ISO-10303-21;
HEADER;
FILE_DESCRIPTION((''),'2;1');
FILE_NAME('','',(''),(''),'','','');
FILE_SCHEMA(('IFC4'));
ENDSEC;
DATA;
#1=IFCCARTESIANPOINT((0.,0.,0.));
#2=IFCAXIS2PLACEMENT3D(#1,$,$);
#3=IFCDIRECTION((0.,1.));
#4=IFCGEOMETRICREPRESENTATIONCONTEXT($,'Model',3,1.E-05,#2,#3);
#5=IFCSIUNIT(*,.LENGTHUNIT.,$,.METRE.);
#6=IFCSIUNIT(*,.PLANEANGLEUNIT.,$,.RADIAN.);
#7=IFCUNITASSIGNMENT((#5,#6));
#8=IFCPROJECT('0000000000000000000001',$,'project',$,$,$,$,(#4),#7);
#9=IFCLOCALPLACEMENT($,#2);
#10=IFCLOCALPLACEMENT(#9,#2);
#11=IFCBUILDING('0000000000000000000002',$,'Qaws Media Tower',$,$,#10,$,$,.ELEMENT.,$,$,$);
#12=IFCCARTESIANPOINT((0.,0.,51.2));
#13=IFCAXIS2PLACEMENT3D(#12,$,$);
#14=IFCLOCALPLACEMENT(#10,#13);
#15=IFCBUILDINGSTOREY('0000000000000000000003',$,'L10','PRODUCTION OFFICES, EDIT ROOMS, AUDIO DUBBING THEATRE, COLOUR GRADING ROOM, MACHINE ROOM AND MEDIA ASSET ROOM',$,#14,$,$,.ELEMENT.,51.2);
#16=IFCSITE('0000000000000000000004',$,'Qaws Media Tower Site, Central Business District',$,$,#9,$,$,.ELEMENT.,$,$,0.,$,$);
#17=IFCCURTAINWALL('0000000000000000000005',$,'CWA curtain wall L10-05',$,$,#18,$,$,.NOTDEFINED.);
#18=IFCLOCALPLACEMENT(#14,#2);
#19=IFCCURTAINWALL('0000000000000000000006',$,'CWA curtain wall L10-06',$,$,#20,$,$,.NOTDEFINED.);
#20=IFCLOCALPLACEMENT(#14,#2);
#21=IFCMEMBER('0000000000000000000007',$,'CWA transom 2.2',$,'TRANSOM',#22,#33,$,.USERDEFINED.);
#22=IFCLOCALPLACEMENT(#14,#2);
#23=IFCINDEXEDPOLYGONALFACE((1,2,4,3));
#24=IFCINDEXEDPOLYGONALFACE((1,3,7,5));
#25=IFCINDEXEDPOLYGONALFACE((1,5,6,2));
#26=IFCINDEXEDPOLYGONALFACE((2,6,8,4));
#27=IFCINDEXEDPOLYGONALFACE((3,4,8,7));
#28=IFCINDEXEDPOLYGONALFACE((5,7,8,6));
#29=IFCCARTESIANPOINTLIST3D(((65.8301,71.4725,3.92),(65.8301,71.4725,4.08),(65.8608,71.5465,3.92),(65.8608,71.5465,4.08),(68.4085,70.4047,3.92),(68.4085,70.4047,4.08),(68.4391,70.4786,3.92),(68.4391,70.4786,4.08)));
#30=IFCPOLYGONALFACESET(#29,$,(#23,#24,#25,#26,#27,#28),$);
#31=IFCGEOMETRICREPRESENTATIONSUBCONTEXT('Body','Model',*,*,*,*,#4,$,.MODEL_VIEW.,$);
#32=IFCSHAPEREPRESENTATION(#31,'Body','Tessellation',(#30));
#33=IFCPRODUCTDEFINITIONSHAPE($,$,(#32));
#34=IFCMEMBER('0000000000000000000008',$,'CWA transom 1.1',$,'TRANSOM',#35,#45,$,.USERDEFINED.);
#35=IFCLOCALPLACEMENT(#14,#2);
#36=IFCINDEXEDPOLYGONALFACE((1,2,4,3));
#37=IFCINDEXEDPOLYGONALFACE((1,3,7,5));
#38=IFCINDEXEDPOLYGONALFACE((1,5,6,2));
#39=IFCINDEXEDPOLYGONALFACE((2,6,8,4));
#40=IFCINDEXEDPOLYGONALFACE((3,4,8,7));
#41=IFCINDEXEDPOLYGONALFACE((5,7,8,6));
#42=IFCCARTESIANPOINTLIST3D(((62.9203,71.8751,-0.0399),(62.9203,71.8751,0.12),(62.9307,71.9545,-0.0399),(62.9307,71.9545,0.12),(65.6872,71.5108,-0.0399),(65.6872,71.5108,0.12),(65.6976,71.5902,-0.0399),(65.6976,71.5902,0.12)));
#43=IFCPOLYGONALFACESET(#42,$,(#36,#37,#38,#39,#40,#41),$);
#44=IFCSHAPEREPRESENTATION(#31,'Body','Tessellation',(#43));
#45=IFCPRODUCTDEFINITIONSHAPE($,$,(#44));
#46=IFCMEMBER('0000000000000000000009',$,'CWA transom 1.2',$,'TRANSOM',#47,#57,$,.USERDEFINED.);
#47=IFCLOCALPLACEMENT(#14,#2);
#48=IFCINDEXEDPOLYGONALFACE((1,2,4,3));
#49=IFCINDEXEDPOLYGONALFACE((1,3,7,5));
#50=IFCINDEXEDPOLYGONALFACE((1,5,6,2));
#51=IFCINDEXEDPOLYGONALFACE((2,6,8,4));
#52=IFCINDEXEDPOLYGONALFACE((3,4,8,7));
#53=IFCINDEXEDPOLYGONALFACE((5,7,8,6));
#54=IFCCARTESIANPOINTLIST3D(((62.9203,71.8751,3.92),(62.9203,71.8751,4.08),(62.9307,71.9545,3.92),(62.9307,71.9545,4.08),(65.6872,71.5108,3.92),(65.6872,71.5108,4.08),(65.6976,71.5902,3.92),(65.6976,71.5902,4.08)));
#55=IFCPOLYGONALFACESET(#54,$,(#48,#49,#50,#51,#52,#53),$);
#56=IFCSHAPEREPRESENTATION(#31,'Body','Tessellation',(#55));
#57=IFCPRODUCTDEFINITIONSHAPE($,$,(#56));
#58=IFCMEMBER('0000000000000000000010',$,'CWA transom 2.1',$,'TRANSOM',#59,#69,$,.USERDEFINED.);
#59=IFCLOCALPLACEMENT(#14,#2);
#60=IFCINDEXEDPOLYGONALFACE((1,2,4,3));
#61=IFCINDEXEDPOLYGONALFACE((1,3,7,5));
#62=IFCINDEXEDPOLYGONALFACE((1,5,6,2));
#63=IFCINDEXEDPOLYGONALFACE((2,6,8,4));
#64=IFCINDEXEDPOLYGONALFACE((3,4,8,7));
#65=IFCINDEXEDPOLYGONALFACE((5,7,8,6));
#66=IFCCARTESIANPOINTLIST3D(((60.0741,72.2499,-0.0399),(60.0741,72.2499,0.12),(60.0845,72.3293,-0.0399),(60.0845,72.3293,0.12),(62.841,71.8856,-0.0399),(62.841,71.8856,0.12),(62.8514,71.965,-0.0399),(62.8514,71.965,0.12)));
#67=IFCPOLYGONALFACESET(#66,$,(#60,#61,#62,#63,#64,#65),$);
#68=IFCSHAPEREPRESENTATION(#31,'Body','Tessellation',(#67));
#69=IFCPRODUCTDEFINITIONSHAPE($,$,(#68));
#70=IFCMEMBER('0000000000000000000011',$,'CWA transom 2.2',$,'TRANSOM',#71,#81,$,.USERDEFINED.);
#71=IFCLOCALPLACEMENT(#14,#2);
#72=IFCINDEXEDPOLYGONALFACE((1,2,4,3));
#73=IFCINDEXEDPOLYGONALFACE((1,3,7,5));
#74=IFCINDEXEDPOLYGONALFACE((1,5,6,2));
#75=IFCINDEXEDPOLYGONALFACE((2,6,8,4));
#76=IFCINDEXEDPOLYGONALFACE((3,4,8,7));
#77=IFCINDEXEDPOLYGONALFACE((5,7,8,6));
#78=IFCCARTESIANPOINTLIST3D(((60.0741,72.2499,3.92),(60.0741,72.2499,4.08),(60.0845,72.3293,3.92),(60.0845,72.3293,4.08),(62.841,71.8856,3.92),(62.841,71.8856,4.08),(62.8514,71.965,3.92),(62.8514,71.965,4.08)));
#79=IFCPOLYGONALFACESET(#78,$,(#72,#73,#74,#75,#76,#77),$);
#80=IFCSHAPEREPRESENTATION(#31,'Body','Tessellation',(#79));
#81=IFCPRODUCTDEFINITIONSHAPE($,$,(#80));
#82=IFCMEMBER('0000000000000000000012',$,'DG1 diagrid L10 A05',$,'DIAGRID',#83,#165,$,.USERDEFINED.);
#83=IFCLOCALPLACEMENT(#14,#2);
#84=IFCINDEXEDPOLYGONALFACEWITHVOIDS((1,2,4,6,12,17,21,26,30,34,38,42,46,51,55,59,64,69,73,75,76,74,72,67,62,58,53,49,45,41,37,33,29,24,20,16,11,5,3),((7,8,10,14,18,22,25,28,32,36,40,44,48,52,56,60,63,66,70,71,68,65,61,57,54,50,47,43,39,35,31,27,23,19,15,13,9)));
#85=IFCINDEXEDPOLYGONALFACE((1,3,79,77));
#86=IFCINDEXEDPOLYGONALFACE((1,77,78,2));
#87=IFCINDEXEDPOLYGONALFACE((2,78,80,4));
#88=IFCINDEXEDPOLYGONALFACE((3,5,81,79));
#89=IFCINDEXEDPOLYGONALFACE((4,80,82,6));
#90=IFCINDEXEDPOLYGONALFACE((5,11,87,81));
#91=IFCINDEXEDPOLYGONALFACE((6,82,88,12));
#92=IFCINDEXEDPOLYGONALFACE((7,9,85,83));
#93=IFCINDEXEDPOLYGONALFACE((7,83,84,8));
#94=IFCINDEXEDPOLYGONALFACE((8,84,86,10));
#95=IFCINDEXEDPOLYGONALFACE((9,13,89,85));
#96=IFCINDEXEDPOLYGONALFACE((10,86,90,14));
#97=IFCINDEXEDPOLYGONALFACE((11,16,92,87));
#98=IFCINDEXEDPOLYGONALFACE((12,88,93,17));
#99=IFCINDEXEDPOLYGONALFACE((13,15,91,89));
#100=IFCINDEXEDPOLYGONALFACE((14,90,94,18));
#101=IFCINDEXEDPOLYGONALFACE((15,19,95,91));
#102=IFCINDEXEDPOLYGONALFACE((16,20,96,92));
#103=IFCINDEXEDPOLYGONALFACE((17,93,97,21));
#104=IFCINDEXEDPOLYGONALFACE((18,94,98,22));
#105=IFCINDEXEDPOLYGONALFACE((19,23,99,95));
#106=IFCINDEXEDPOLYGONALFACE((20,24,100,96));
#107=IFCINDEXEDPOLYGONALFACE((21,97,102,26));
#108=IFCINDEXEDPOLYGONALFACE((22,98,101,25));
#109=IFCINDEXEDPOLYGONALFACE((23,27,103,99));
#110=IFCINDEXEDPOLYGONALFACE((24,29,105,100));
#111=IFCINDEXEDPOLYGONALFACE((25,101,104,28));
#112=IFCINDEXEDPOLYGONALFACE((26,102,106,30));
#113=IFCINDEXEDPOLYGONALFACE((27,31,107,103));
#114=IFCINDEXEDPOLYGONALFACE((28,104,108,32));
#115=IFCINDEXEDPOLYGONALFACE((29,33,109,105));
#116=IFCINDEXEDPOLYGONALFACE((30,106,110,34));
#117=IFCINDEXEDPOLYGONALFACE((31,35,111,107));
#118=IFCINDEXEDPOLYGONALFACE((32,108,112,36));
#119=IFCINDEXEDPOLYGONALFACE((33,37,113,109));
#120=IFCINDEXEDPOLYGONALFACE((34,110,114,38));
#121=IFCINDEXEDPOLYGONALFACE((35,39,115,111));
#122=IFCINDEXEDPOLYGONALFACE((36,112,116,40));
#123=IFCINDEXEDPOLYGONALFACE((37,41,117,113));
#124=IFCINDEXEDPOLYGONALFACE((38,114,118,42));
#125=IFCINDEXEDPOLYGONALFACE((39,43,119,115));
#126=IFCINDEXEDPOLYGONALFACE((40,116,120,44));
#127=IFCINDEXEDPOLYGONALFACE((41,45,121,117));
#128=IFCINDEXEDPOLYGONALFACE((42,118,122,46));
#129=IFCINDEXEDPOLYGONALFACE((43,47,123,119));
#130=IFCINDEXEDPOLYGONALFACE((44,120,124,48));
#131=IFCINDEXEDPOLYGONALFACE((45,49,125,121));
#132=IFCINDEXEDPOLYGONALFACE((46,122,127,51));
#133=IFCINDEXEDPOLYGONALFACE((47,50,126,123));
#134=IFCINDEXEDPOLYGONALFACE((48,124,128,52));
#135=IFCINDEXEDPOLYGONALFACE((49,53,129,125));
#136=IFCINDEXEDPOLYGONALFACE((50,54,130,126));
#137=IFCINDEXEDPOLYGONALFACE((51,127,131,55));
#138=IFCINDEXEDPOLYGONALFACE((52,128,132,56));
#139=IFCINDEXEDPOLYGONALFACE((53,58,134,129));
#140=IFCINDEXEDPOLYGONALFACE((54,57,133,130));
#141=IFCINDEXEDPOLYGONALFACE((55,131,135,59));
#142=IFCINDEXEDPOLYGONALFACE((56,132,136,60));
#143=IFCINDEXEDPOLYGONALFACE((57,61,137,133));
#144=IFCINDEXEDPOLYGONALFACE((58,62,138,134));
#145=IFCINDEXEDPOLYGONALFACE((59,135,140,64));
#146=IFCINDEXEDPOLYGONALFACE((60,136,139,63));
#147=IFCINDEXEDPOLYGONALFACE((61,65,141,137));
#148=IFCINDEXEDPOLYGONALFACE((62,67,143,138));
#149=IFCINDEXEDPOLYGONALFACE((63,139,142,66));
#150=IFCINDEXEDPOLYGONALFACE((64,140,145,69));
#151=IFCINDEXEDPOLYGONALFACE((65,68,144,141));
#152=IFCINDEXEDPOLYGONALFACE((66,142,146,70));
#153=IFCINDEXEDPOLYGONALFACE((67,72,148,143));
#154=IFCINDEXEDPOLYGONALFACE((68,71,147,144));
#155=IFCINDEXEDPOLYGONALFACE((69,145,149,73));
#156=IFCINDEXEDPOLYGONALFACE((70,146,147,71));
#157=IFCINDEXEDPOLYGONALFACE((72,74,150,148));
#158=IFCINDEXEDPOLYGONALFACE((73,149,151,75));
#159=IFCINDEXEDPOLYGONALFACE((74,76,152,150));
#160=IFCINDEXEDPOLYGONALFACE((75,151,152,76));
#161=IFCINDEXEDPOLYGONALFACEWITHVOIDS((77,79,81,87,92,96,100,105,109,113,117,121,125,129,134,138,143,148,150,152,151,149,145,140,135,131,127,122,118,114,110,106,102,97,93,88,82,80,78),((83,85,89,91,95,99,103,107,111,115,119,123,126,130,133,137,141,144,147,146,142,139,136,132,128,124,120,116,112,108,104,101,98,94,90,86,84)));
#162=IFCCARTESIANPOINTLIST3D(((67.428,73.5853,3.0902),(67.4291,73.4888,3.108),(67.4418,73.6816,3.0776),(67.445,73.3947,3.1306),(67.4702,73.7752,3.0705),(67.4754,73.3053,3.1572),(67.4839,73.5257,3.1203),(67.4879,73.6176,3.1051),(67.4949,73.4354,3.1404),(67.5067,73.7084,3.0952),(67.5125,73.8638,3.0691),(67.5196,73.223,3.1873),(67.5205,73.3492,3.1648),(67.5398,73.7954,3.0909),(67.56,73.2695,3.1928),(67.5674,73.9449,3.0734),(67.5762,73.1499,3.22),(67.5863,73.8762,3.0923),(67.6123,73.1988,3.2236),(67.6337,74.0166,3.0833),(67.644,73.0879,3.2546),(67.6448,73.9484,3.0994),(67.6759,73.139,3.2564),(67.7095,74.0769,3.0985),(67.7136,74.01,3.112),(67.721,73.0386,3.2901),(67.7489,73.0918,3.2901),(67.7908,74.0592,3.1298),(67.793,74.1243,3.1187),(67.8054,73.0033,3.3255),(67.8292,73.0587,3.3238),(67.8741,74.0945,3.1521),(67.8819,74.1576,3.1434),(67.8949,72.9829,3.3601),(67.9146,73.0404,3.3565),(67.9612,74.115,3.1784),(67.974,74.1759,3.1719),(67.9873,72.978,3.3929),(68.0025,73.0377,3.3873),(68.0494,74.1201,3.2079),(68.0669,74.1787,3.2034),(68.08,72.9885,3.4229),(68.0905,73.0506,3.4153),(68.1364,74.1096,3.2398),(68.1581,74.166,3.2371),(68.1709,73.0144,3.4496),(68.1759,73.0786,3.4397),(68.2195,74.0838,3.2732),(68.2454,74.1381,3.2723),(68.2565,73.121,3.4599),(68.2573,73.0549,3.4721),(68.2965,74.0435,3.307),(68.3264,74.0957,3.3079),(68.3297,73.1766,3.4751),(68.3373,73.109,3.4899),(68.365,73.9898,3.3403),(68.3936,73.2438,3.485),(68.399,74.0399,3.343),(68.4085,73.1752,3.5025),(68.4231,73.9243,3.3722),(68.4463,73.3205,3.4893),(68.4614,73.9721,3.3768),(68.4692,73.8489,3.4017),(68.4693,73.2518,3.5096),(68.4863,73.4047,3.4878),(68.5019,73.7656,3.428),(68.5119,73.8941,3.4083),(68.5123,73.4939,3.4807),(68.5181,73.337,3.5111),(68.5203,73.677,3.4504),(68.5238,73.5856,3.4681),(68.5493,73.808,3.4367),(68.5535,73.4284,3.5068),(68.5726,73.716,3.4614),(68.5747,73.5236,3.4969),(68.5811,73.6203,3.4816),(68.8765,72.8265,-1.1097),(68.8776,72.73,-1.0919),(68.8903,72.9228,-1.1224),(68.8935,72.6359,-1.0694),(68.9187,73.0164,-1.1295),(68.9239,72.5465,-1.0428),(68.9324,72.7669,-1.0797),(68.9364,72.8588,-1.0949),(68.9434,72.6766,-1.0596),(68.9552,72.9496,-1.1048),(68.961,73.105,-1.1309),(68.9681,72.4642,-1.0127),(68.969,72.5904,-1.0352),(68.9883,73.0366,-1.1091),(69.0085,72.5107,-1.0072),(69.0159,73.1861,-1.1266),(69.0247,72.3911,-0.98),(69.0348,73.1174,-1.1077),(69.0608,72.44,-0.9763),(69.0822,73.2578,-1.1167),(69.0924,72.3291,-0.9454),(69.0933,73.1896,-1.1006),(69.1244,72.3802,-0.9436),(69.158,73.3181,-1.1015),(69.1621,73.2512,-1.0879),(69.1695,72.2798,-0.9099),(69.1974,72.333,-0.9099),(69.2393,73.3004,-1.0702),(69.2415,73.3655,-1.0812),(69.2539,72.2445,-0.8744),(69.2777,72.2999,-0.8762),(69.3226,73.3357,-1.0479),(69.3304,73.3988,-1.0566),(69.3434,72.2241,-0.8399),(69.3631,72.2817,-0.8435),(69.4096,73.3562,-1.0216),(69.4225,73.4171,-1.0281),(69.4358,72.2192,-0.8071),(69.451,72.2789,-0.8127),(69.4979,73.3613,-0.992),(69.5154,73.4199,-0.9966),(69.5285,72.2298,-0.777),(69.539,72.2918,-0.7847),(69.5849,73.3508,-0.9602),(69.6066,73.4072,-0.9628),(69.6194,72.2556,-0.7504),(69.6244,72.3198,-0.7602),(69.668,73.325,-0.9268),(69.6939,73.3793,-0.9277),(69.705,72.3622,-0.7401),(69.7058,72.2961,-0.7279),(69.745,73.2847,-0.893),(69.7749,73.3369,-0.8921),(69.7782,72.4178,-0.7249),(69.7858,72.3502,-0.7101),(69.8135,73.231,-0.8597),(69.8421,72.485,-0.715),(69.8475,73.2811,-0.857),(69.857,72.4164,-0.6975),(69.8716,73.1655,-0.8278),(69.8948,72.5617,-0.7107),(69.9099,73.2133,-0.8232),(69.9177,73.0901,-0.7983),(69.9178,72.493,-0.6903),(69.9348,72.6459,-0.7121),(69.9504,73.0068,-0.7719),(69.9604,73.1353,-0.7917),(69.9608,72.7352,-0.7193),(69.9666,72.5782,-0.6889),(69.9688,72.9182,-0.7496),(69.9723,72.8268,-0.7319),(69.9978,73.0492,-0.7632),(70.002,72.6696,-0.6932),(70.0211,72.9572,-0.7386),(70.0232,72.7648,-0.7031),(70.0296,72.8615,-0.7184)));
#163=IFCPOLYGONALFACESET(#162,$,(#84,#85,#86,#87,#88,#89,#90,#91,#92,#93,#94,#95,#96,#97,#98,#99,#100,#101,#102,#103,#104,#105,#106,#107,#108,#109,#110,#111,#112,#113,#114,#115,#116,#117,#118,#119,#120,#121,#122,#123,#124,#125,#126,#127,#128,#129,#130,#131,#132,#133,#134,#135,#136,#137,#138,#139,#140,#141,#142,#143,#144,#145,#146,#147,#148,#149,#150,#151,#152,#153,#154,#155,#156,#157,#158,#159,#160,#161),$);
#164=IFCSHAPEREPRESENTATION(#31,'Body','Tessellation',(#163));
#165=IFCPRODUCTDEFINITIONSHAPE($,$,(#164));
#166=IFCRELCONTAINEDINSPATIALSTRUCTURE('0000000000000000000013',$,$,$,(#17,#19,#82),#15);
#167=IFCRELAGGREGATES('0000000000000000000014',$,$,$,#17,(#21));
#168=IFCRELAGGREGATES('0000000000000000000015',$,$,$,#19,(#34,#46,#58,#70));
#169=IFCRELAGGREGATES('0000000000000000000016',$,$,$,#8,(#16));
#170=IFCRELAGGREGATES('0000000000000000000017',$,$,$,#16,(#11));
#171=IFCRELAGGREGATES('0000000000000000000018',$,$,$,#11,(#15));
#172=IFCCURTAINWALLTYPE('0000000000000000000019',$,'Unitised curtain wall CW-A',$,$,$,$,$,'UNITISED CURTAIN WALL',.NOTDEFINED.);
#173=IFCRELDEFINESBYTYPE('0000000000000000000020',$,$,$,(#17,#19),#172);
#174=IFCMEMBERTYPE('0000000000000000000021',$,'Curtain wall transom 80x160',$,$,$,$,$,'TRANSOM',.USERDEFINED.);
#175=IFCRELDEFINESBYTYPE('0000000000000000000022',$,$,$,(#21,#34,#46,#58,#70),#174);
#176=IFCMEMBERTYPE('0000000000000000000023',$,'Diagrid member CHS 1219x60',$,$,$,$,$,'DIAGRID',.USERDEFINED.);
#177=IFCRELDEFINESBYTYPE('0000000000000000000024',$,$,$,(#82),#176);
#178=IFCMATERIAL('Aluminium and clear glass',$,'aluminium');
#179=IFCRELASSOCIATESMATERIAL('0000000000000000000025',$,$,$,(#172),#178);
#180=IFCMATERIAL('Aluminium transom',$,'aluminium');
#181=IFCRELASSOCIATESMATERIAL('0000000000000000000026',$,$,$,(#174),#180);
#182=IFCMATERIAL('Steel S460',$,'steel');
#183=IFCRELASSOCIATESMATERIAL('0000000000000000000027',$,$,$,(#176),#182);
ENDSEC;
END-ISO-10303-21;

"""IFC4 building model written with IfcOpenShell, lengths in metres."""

from ifc_helpers import new_model, si_unit, direction, frame, origin, origin_2d, place, context, subcontext, project, spatial, rectangle, hollow_circle, extrude, material, material_profile, profile_set, type_object, element, aggregate, save


model = new_model("IFC4")

# Units and contexts
model_context = context("Model", 3, precision=1e-05, world=origin(), true_north=direction((0.0, 1.0)))
body_context = subcontext(model_context, "Body", "Model", "MODEL_VIEW")
ifc_project = project(units=[si_unit("LENGTHUNIT", "METRE"), si_unit("PLANEANGLEUNIT", "RADIAN")], contexts=[model_context])

# Site, building, storey
site_placement = place(None, origin())
site = spatial("IfcSite", under=ifc_project, at=site_placement, Name="Qaws Media Tower Site, Central Business District", CompositionType="ELEMENT", RefElevation=0.0)
building_placement = place(site_placement, origin())
building = spatial("IfcBuilding", under=site, at=building_placement, Name="Qaws Media Tower", CompositionType="ELEMENT")
storey_placement = place(building_placement, frame((0.0, 0.0, 51.2)))
storey = spatial("IfcBuildingStorey", under=building, at=storey_placement, Name="L10", Description="PRODUCTION OFFICES, EDIT ROOMS, AUDIO DUBBING THEATRE, COLOUR GRADING ROOM, MACHINE ROOM AND MEDIA ASSET ROOM", CompositionType="ELEMENT", Elevation=51.2)

# Curtain walls
ifc_material_1 = material(Name="Aluminium and clear glass", Category="aluminium")
curtain_wall_type = type_object("IfcCurtainWallType", Name="Unitised curtain wall CW-A", ElementType="UNITISED CURTAIN WALL", PredefinedType="NOTDEFINED", material=ifc_material_1)
curtain_wall_1_placement = place(storey_placement, origin())
curtain_wall_1 = element("IfcCurtainWall", 1, at=curtain_wall_1_placement, inside=storey, type_object=curtain_wall_type, Name="CWA curtain wall L10-05", PredefinedType="NOTDEFINED")
curtain_wall_2_placement = place(storey_placement, origin())
curtain_wall_2 = element("IfcCurtainWall", 2, at=curtain_wall_2_placement, inside=storey, type_object=curtain_wall_type, Name="CWA curtain wall L10-06", PredefinedType="NOTDEFINED")

# Members
ifc_material_2 = material(Name="Aluminium transom", Category="aluminium")
ifc_material_profile_1 = material_profile(ifc_material_2, rectangle(XDim=0.0801, YDim=0.1599, at=origin_2d()), Name="80x160")
ifc_profile_set_1 = profile_set([ifc_material_profile_1], Name="Aluminium transom")
member_type_1 = type_object("IfcMemberType", Name="Curtain wall transom 80x160", ElementType="TRANSOM", PredefinedType="USERDEFINED", material=ifc_profile_set_1)
member_1_placement = place(storey_placement, frame((68.4238, 70.4417, 4.0), z_axis=(-0.923895, 0.382645, 0.0), x_axis=(-0.382645, -0.923895, 0.0)))
member_1 = element("IfcMember", 3, at=member_1_placement, type_object=member_type_1, Name="CWA transom 2.2", ObjectType="TRANSOM", PredefinedType="USERDEFINED", context=body_context, shape_type="SweptSolid", body=[
    extrude(rectangle(XDim=0.0801, YDim=0.1599, at=origin_2d()), origin(), (0.0, 0.0, 1.0), 2.7908),
])
member_2_placement = place(storey_placement, frame((65.6924, 71.5505, 0.04), z_axis=(-0.991445, 0.130525, 0.0), x_axis=(-0.130525, -0.991445, 0.0)))
member_2 = element("IfcMember", 4, at=member_2_placement, type_object=member_type_1, Name="CWA transom 1.1", ObjectType="TRANSOM", PredefinedType="USERDEFINED", context=body_context, shape_type="SweptSolid", body=[
    extrude(rectangle(XDim=0.0801, YDim=0.1599, at=origin_2d()), origin(), (0.0, 0.0, 1.0), 2.7908),
])
member_3_placement = place(storey_placement, frame((65.6924, 71.5505, 4.0), z_axis=(-0.991445, 0.130525, 0.0), x_axis=(-0.130525, -0.991445, 0.0)))
member_3 = element("IfcMember", 5, at=member_3_placement, type_object=member_type_1, Name="CWA transom 1.2", ObjectType="TRANSOM", PredefinedType="USERDEFINED", context=body_context, shape_type="SweptSolid", body=[
    extrude(rectangle(XDim=0.0801, YDim=0.1599, at=origin_2d()), origin(), (0.0, 0.0, 1.0), 2.7908),
])
member_4_placement = place(storey_placement, frame((62.8462, 71.9253, 0.04), z_axis=(-0.991445, 0.130525, 0.0), x_axis=(-0.130525, -0.991445, 0.0)))
member_4 = element("IfcMember", 6, at=member_4_placement, type_object=member_type_1, Name="CWA transom 2.1", ObjectType="TRANSOM", PredefinedType="USERDEFINED", context=body_context, shape_type="SweptSolid", body=[
    extrude(rectangle(XDim=0.0801, YDim=0.1599, at=origin_2d()), origin(), (0.0, 0.0, 1.0), 2.7908),
])
member_5_placement = place(storey_placement, frame((62.8462, 71.9253, 4.0), z_axis=(-0.991445, 0.130525, 0.0), x_axis=(-0.130525, -0.991445, 0.0)))
member_5 = element("IfcMember", 7, at=member_5_placement, type_object=member_type_1, Name="CWA transom 2.2", ObjectType="TRANSOM", PredefinedType="USERDEFINED", context=body_context, shape_type="SweptSolid", body=[
    extrude(rectangle(XDim=0.0801, YDim=0.1599, at=origin_2d()), origin(), (0.0, 0.0, 1.0), 2.7908),
])

# Member
ifc_material_3 = material(Name="Steel S460", Category="steel")
ifc_material_profile_2 = material_profile(ifc_material_3, hollow_circle(Radius=0.6096, WallThickness=0.0601, at=origin_2d()), Name="CHS 1219x60")
ifc_profile_set_2 = profile_set([ifc_material_profile_2], Name="Steel S460")
member_type_2 = type_object("IfcMemberType", Name="Diagrid member CHS 1219x60", ElementType="DIAGRID", PredefinedType="USERDEFINED", material=ifc_profile_set_2)
for number, where, z_axis, x_axis, name in (
    (8, (69.4524, 72.8198, -0.9099), (-0.321383, 0.168356, 0.931863), (-0.464035, -0.885817, 0.0), "DG1 diagrid L10 A05"),
):
    element("IfcMember", number, at=place(storey_placement, frame(where, z_axis=z_axis, x_axis=x_axis)), inside=storey, type_object=member_type_2, Name=name, ObjectType="DIAGRID", PredefinedType="USERDEFINED", context=body_context, shape_type="SweptSolid", body=[
        extrude(hollow_circle(Radius=0.6096, WallThickness=0.0601, at=origin_2d()), origin(), (0.0, 0.0, 1.0), 4.5071),
    ])

aggregate(curtain_wall_1, [member_1])
aggregate(curtain_wall_2, [member_2, member_3, member_4, member_5])

save(model, "model.ifc")
